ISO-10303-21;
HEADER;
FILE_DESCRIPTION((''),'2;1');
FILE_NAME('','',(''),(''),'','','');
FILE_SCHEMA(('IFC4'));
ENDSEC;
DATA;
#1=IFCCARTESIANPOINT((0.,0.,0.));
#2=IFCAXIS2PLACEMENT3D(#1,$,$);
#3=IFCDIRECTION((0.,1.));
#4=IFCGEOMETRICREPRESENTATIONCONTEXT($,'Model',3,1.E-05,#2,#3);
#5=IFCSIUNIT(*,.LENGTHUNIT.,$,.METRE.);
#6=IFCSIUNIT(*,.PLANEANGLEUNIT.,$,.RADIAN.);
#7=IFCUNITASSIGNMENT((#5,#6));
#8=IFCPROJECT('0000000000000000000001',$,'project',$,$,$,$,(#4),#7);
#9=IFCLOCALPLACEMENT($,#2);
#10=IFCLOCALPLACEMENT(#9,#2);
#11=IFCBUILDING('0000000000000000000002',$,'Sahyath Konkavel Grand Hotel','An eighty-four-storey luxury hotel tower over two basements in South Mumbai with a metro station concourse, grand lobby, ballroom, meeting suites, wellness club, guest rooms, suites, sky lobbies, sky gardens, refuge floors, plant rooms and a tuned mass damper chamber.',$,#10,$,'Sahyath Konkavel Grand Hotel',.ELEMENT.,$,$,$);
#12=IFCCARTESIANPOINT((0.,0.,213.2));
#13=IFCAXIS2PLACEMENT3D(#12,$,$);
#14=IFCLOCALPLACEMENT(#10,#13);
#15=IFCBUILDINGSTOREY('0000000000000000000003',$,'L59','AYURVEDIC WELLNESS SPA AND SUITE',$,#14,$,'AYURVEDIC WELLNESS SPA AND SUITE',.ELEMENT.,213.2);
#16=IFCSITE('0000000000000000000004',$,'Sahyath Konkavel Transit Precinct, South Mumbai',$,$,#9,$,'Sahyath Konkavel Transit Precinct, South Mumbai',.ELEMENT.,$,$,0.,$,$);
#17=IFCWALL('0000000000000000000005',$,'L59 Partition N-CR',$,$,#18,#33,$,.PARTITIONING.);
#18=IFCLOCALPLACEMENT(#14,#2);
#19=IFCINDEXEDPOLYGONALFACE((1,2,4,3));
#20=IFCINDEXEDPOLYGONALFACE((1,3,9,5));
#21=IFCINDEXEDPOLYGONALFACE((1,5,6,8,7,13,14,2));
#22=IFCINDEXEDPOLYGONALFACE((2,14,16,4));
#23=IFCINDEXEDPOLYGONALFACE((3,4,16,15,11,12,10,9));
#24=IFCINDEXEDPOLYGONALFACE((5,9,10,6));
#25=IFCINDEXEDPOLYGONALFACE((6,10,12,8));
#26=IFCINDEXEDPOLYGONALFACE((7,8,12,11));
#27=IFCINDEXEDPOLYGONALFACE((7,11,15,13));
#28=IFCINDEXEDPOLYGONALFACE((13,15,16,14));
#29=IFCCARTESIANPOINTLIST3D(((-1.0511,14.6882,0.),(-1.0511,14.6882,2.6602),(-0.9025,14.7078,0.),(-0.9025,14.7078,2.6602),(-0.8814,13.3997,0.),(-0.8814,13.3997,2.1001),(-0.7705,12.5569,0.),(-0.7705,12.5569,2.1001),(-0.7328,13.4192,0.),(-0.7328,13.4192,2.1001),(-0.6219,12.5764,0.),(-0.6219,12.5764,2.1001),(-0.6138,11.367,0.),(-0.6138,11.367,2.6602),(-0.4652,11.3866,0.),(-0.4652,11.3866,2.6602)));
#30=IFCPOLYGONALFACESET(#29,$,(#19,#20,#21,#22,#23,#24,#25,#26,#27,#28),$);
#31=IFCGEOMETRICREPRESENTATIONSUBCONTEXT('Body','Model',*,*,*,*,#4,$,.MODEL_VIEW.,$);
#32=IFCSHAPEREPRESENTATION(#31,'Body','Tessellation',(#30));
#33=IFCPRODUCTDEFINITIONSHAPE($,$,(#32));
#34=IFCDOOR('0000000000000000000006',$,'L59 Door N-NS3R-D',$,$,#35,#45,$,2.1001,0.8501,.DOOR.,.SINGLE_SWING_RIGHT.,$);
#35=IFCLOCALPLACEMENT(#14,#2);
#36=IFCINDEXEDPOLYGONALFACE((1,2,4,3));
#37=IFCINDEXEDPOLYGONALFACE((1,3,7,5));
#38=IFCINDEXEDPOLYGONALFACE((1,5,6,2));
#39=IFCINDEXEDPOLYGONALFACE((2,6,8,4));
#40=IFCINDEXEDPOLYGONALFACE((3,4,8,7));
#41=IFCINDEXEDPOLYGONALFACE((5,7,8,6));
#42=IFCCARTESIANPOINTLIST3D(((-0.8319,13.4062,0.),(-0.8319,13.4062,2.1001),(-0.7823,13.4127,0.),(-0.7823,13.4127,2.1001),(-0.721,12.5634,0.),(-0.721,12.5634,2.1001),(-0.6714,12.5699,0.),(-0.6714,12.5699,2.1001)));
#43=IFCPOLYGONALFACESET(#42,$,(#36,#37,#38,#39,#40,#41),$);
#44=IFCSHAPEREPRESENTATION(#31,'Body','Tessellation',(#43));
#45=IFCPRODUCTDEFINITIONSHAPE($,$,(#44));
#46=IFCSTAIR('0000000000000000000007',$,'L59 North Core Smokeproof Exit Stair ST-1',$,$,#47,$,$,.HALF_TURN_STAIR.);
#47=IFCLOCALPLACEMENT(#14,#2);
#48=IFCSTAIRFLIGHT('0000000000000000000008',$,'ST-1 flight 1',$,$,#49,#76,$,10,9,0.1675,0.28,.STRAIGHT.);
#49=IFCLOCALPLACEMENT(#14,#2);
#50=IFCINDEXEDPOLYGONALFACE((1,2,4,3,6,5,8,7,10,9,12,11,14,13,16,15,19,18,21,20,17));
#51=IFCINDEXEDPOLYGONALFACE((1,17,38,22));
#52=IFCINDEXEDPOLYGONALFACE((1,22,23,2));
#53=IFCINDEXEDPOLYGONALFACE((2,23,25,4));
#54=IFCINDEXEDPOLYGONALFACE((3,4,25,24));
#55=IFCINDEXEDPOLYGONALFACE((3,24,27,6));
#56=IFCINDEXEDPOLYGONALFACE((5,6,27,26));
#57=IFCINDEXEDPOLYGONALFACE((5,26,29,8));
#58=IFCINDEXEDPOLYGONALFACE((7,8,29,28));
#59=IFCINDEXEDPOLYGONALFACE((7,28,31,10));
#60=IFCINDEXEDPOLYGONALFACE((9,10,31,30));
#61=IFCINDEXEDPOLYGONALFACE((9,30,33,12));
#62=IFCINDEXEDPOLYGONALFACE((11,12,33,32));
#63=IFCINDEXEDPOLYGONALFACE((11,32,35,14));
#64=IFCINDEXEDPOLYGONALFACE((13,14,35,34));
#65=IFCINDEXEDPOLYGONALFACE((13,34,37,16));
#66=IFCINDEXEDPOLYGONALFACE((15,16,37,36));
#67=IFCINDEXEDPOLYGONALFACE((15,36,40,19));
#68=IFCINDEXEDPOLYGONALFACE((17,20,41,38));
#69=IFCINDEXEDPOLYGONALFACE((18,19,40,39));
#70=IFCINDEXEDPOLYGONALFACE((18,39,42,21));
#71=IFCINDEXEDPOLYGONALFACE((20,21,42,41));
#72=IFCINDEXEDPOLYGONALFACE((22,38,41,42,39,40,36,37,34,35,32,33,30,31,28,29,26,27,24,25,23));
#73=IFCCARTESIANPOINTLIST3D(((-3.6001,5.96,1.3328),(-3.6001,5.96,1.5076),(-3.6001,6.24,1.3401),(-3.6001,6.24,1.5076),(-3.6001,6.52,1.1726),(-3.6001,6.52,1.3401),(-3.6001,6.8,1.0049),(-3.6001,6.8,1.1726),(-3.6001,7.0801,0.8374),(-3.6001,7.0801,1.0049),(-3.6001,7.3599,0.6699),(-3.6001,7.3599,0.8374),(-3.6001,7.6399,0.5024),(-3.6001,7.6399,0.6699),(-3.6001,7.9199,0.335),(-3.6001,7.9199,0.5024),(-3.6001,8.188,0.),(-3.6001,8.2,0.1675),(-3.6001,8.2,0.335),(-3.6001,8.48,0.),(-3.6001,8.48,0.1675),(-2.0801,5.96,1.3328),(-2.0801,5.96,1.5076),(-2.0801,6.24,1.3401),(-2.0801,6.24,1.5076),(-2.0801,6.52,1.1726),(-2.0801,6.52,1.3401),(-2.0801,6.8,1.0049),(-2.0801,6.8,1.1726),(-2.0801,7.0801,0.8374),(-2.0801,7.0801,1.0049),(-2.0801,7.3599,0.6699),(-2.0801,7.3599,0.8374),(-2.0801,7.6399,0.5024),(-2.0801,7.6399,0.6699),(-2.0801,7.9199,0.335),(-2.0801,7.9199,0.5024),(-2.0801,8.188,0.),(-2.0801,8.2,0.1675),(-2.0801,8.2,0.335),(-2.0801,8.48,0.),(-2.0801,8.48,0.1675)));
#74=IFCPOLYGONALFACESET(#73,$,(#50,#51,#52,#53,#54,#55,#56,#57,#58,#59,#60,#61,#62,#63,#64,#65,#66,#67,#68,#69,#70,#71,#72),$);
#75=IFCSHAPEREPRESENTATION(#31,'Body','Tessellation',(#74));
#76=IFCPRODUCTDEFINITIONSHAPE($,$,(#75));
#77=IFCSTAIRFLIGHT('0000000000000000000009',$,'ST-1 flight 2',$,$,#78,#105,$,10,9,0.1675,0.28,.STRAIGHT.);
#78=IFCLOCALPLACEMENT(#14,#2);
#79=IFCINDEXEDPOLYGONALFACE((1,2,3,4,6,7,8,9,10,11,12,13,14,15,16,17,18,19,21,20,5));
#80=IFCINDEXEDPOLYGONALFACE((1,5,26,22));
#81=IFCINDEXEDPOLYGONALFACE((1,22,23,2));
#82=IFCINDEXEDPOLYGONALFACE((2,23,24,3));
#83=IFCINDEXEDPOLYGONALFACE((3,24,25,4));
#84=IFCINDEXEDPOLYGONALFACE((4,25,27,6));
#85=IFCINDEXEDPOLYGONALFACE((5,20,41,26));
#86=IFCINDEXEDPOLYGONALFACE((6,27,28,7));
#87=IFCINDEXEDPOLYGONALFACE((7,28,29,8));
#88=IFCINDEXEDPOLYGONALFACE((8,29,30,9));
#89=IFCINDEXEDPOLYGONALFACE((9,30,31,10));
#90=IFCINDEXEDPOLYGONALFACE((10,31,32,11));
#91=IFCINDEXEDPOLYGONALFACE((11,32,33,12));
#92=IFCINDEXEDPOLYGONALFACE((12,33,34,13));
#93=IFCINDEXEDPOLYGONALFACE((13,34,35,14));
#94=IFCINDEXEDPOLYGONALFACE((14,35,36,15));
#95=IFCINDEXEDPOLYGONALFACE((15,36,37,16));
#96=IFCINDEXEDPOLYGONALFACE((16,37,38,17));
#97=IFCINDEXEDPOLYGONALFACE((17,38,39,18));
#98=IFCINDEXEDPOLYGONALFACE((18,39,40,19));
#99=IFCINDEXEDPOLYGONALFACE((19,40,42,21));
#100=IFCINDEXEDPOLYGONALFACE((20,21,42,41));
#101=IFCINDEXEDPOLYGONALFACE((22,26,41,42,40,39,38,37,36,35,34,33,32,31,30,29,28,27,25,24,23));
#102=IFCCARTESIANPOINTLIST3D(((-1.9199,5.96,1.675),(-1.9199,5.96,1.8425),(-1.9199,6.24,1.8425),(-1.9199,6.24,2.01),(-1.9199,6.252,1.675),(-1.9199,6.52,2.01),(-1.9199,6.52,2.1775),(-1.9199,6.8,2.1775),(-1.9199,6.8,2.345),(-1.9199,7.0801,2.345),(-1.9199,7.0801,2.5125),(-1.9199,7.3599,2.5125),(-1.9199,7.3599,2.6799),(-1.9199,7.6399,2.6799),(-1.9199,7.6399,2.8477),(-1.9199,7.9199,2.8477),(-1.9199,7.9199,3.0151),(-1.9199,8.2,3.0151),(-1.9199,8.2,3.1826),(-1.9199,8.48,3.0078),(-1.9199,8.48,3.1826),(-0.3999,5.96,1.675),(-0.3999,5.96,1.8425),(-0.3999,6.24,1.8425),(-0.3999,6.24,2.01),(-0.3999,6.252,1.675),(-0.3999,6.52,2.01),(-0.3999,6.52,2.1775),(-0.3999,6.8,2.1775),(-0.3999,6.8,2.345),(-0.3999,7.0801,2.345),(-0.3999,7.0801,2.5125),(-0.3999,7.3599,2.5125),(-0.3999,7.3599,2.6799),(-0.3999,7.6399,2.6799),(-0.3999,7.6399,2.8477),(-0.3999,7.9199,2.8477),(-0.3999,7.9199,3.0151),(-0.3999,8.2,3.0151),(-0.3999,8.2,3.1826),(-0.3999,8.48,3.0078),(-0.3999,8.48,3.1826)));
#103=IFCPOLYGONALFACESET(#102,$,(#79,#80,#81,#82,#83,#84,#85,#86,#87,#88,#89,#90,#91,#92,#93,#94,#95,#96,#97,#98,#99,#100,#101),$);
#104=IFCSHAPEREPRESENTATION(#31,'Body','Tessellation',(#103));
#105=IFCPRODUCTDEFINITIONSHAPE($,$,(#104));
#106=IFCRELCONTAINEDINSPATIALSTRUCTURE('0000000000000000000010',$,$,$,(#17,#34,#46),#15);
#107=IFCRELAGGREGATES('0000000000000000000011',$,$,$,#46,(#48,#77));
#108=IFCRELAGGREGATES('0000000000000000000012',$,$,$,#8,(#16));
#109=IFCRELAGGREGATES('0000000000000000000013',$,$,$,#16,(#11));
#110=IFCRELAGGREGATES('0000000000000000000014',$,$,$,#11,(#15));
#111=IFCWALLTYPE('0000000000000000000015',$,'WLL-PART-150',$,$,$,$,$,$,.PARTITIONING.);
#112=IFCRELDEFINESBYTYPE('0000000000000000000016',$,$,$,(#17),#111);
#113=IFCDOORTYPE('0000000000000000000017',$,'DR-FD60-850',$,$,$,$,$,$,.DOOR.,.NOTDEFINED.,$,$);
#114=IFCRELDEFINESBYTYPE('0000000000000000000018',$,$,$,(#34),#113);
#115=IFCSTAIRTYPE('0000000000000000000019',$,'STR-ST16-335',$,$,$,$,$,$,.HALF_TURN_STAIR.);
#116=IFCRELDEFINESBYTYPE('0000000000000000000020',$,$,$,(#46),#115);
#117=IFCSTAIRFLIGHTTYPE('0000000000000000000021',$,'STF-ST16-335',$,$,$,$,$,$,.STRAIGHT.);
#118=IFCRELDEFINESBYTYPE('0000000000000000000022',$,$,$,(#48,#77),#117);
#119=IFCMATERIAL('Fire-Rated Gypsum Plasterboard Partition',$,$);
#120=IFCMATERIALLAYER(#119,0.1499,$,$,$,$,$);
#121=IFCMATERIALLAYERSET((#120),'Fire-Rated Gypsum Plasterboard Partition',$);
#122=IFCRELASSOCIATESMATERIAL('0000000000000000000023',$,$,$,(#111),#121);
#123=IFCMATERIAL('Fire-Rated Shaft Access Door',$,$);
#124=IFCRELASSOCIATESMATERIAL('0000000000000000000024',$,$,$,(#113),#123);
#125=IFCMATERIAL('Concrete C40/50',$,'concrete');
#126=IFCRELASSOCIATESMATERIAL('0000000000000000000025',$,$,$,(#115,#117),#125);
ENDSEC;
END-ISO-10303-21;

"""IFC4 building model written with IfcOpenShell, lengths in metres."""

from ifc_helpers import new_model, si_unit, direction, frame, frame_2d, origin, origin_2d, place, context, subcontext, project, spatial, polyline, rectangle, outline, extrude, source, transform, mapped, material, layer, layer_set, type_object, element, fill, aggregate, save


model = new_model("IFC4")

# Units and contexts
model_context = context("Model", 3, precision=1e-05, world=origin(), true_north=direction((0.0, 1.0)))
body_context = subcontext(model_context, "Body", "Model", "MODEL_VIEW")
ifc_project = project(units=[si_unit("LENGTHUNIT", "METRE"), si_unit("PLANEANGLEUNIT", "RADIAN")], contexts=[model_context])

# Site, building, storey
site_placement = place(None, origin())
site = spatial("IfcSite", under=ifc_project, at=site_placement, Name="Sahyath Konkavel Transit Precinct, South Mumbai", LongName="Sahyath Konkavel Transit Precinct, South Mumbai", CompositionType="ELEMENT", RefElevation=0.0)
building_placement = place(site_placement, origin())
building = spatial("IfcBuilding", under=site, at=building_placement, Name="Sahyath Konkavel Grand Hotel", Description="An eighty-four-storey luxury hotel tower over two basements in South Mumbai with a metro station concourse, grand lobby, ballroom, meeting suites, wellness club, guest rooms, suites, sky lobbies, sky gardens, refuge floors, plant rooms and a tuned mass damper chamber.", LongName="Sahyath Konkavel Grand Hotel", CompositionType="ELEMENT")
storey_placement = place(building_placement, frame((0.0, 0.0, 213.2)))
storey = spatial("IfcBuildingStorey", under=building, at=storey_placement, Name="L59", Description="AYURVEDIC WELLNESS SPA AND SUITE", LongName="AYURVEDIC WELLNESS SPA AND SUITE", CompositionType="ELEMENT", Elevation=213.2)

# Shared definitions
ifc_material_1 = material(Name="Concrete C40/50", Category="concrete")

# Wall, opening, door
ifc_material_2 = material(Name="Fire-Rated Gypsum Plasterboard Partition")
ifc_layer_1 = layer(ifc_material_2, 0.1499)
ifc_layer_set_1 = layer_set([ifc_layer_1], Name="Fire-Rated Gypsum Plasterboard Partition")
wall_type_1 = type_object("IfcWallType", Name="WLL-PART-150", PredefinedType="PARTITIONING", material=ifc_layer_set_1)
ifc_material_3 = material(Name="Fire-Rated Shaft Access Door")
door_type = type_object("IfcDoorType", Name="DR-FD60-850", OperationType="NOTDEFINED", PredefinedType="DOOR", material=ifc_material_3)
shared_shape_1 = source(origin(), body_context, "Body", "SweptSolid", [
    extrude(rectangle(XDim=0.8501, YDim=0.05, at=origin_2d()), origin(), (0.0, 0.0, 1.0), 2.1001),
])
wall_1_placement = place(storey_placement, frame((-0.5396, 11.377, 0.0), z_axis=(0.0, 0.0, 1.0), x_axis=(-0.130526, 0.991445, 0.0)))
wall_1 = element("IfcWall", 1, at=wall_1_placement, inside=storey, type_object=wall_type_1, Name="L59 Partition N-CR", PredefinedType="PARTITIONING", context=body_context, shape_type="SweptSolid", body=[
    extrude(rectangle(XDim=3.3499, YDim=0.1499, at=frame_2d((1.6748, 0.0))), origin(), (0.0, 0.0, 1.0), 2.6602),
])
opening_1_placement = place(wall_1_placement, frame((1.2, 0.0, 0.0)))
opening_1 = element("IfcOpeningElement", 2, at=opening_1_placement, cuts=wall_1, PredefinedType="OPENING", context=body_context, shape_type="SweptSolid", body=[
    extrude(rectangle(XDim=0.8501, YDim=2.1001, at=frame_2d((0.425, 1.05))), frame((0.0, 0.085, 0.0), z_axis=(0.0, -1.0, 0.0), x_axis=(1.0, 0.0, 0.0)), (0.0, 0.0, 1.0), 0.1699),
])
door_1_placement = place(opening_1_placement, frame((0.425, 0.0, 0.0)))
door_1 = element("IfcDoor", 3, at=door_1_placement, inside=storey, type_object=door_type, Name="L59 Door N-NS3R-D", OperationType="SINGLE_SWING_RIGHT", OverallHeight=2.1001, OverallWidth=0.8501, PredefinedType="DOOR", context=body_context, shape_type="MappedRepresentation", body=[
    mapped(shared_shape_1, transform((0.0, 0.0, 0.0), scale=1.0)),
])
fill(opening_1, door_1)

# Stair, stair flights
stair_type = type_object("IfcStairType", Name="STR-ST16-335", PredefinedType="HALF_TURN_STAIR", material=ifc_material_1)
stair_placement = place(storey_placement, origin())
stair = element("IfcStair", 4, at=stair_placement, inside=storey, type_object=stair_type, Name="L59 North Core Smokeproof Exit Stair ST-1", PredefinedType="HALF_TURN_STAIR")
stair_flight_type = type_object("IfcStairFlightType", Name="STF-ST16-335", PredefinedType="STRAIGHT", material=ifc_material_1)
stair_flight_1_placement = place(storey_placement, frame((-2.8401, 8.48, 0.0), z_axis=(0.0, 0.0, 1.0), x_axis=(0.0, -1.0, 0.0)))
stair_flight_1 = element("IfcStairFlight", 5, at=stair_flight_1_placement, type_object=stair_flight_type, Name="ST-1 flight 1", NumberOfRisers=10, NumberOfTreads=9, PredefinedType="STRAIGHT", RiserHeight=0.1675, TreadLength=0.28, context=body_context, shape_type="SweptSolid", body=[
    extrude(outline(polyline([(0.0, 0.0), (0.0, 0.1675), (0.28, 0.1675), (0.28, 0.335), (0.5601, 0.335), (0.5601, 0.5024), (0.8401, 0.5024), (0.8401, 0.6699), (1.1201, 0.6699), (1.1201, 0.8374), (1.3999, 0.8374), (1.3999, 1.0049), (1.6799, 1.0049), (1.6799, 1.1726), (1.96, 1.1726), (1.96, 1.3401), (2.24, 1.3401), (2.24, 1.5076), (2.52, 1.5076), (2.52, 1.675), (2.52, 1.3328), (0.292, 0.0), (0.0, 0.0)])), frame((0.0, 0.76, 0.0), z_axis=(0.0, -1.0, 0.0), x_axis=(1.0, 0.0, 0.0)), (0.0, 0.0, 1.0), 1.52),
])
stair_flight_2_placement = place(storey_placement, frame((-1.1599, 5.96, 1.675), z_axis=(0.0, 0.0, 1.0), x_axis=(0.0, 1.0, 0.0)))
stair_flight_2 = element("IfcStairFlight", 6, at=stair_flight_2_placement, type_object=stair_flight_type, Name="ST-1 flight 2", NumberOfRisers=10, NumberOfTreads=9, PredefinedType="STRAIGHT", RiserHeight=0.1675, TreadLength=0.28, context=body_context, shape_type="SweptSolid", body=[
    extrude(outline(polyline([(0.0, 0.0), (0.0, 0.1675), (0.28, 0.1675), (0.28, 0.335), (0.5601, 0.335), (0.5601, 0.5024), (0.8401, 0.5024), (0.8401, 0.6699), (1.1201, 0.6699), (1.1201, 0.8374), (1.3999, 0.8374), (1.3999, 1.0049), (1.6799, 1.0049), (1.6799, 1.1726), (1.96, 1.1726), (1.96, 1.3401), (2.24, 1.3401), (2.24, 1.5076), (2.52, 1.5076), (2.52, 1.675), (2.52, 1.3328), (0.292, 0.0), (0.0, 0.0)])), frame((0.0, 0.76, 0.0), z_axis=(0.0, -1.0, 0.0), x_axis=(1.0, 0.0, 0.0)), (0.0, 0.0, 1.0), 1.52),
])
aggregate(stair, [stair_flight_1, stair_flight_2])

save(model, "model.ifc")
